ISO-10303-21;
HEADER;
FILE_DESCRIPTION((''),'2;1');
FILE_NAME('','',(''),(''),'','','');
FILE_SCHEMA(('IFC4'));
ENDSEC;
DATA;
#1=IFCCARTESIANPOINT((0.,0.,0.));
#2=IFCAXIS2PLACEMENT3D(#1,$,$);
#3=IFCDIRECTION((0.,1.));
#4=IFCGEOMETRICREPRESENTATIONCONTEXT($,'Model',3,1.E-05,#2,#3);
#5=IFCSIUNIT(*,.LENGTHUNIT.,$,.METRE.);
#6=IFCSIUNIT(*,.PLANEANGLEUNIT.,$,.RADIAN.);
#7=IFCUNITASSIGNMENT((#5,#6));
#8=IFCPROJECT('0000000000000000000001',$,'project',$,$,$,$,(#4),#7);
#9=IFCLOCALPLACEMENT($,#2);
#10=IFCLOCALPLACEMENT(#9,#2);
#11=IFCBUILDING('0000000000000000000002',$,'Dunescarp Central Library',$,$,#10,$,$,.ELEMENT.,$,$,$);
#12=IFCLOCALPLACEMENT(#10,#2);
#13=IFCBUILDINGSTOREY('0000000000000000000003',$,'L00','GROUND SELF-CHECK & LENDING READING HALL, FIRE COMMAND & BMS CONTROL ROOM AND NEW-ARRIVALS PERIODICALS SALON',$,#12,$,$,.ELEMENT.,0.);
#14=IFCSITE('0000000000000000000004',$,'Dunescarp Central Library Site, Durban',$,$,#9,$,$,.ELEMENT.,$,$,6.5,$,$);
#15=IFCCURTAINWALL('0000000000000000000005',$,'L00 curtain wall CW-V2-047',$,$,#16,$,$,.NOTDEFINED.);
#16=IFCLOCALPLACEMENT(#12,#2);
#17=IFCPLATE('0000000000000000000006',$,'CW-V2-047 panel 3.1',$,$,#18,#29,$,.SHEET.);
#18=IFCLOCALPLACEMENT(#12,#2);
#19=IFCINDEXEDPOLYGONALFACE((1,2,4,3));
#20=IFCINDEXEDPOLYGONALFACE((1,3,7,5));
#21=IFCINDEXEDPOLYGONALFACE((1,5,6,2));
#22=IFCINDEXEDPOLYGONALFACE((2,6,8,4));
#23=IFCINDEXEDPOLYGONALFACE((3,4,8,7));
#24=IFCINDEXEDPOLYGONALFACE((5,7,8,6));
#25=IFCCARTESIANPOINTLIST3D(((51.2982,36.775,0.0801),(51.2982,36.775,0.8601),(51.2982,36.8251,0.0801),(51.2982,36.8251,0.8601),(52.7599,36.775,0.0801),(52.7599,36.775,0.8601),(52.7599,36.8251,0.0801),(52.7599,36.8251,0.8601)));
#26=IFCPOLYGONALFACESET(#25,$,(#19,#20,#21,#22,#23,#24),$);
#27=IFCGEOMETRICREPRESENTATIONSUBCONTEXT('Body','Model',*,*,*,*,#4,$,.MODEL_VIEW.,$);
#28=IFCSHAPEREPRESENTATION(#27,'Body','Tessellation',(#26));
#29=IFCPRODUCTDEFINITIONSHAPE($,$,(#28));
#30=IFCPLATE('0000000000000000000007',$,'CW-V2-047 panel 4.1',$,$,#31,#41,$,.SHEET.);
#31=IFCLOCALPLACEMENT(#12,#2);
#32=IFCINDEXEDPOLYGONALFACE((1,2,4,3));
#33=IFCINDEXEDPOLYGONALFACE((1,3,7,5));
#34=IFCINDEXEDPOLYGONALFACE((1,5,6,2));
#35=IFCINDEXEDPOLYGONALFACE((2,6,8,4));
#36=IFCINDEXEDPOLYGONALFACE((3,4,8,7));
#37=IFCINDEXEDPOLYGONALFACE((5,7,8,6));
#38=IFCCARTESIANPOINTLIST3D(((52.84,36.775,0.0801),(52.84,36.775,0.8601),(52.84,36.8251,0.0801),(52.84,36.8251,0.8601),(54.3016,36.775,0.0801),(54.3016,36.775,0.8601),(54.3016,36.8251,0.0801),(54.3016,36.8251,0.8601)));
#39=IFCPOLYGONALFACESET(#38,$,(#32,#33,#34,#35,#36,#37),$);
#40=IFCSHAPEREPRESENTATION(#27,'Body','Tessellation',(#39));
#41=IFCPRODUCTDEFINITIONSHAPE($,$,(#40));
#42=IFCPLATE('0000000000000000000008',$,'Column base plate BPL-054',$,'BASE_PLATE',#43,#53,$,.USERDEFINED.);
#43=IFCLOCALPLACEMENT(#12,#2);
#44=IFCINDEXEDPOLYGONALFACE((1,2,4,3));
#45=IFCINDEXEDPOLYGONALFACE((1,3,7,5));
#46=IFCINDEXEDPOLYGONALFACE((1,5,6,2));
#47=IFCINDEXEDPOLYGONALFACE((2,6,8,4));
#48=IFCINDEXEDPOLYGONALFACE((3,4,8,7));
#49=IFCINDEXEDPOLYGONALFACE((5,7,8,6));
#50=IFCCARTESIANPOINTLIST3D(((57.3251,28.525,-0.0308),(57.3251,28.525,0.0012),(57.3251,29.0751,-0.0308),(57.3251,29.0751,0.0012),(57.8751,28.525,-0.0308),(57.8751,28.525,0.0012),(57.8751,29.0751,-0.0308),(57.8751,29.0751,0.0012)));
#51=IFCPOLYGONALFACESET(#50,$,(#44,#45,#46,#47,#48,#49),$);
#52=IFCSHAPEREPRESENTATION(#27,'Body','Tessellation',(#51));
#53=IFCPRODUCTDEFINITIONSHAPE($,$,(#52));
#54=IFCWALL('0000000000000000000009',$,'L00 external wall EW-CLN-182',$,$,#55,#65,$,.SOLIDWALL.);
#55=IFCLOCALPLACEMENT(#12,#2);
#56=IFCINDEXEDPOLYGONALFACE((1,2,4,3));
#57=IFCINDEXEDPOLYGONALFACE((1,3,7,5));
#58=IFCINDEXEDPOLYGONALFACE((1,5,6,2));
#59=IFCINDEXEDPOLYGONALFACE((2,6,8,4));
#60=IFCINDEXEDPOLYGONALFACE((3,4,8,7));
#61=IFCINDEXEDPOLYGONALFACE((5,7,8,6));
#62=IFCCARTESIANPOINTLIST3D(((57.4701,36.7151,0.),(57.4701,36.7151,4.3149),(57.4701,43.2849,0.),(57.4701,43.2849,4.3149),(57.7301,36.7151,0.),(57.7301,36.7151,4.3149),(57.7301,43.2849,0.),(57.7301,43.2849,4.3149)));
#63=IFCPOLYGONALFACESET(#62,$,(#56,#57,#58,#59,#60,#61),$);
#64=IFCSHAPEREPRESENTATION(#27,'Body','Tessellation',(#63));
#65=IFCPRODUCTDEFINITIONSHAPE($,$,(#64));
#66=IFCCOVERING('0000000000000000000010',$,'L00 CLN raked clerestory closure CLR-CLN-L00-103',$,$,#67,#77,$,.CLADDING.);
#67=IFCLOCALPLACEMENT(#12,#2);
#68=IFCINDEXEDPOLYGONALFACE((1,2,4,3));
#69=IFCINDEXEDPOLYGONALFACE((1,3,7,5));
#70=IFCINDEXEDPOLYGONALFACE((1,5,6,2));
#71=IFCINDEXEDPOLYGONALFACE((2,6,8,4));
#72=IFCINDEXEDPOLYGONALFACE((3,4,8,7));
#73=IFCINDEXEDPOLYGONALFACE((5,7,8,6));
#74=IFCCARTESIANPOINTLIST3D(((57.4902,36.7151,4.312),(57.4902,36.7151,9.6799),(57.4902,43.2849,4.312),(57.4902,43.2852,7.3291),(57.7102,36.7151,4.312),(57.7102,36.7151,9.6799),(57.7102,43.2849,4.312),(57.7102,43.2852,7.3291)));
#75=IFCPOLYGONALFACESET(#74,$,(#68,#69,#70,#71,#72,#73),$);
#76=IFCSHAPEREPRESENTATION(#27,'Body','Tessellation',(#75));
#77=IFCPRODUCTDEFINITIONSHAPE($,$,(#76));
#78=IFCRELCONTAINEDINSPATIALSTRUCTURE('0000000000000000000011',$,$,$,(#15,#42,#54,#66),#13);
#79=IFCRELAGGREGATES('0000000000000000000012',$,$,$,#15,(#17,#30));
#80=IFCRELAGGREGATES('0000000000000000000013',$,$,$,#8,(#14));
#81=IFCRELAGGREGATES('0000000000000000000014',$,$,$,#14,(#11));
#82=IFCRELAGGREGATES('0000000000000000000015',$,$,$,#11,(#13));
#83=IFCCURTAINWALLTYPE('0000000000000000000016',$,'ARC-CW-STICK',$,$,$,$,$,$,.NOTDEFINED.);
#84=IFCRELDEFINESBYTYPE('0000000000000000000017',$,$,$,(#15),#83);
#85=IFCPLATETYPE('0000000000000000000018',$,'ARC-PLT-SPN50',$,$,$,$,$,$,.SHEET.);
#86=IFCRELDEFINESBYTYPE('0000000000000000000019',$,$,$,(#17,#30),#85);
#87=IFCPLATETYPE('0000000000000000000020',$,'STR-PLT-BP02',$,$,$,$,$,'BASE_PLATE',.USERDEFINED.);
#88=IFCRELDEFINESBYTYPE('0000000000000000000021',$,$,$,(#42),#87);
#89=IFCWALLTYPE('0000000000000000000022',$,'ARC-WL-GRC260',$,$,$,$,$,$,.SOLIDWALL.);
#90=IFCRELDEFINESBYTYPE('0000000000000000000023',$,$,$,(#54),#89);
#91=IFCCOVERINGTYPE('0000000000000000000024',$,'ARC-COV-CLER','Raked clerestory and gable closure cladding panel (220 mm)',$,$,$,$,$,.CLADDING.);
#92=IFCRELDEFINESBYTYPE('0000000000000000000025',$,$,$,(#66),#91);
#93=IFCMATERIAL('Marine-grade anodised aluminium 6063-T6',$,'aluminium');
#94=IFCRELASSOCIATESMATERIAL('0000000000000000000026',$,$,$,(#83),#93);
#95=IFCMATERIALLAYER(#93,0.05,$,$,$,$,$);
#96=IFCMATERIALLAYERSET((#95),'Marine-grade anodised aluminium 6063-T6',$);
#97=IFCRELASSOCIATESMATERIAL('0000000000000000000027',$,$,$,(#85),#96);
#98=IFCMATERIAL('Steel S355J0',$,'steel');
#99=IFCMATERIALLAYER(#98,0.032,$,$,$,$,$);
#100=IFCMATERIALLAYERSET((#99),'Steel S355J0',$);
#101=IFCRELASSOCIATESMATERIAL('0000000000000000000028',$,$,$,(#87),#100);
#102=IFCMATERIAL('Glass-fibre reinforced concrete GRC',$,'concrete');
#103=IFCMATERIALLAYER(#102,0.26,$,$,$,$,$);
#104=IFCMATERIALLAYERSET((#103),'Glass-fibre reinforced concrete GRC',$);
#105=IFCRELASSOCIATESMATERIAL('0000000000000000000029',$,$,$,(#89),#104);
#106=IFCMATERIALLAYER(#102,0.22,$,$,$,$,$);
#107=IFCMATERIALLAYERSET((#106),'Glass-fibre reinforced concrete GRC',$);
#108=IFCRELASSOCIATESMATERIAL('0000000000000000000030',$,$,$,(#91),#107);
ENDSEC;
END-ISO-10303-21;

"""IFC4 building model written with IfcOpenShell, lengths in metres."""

from ifc_helpers import new_model, si_unit, direction, frame, frame_2d, origin, origin_2d, place, context, subcontext, project, spatial, polyline, rectangle, outline, extrude, material, layer, layer_set, type_object, element, aggregate, save


model = new_model("IFC4")

# Units and contexts
model_context = context("Model", 3, precision=1e-05, world=origin(), true_north=direction((0.0, 1.0)))
body_context = subcontext(model_context, "Body", "Model", "MODEL_VIEW")
ifc_project = project(units=[si_unit("LENGTHUNIT", "METRE"), si_unit("PLANEANGLEUNIT", "RADIAN")], contexts=[model_context])

# Site, building, storey
site_placement = place(None, origin())
site = spatial("IfcSite", under=ifc_project, at=site_placement, Name="Dunescarp Central Library Site, Durban", CompositionType="ELEMENT", RefElevation=6.5)
building_placement = place(site_placement, origin())
building = spatial("IfcBuilding", under=site, at=building_placement, Name="Dunescarp Central Library", CompositionType="ELEMENT")
storey_placement = place(building_placement, origin())
storey = spatial("IfcBuildingStorey", under=building, at=storey_placement, Name="L00", Description="GROUND SELF-CHECK & LENDING READING HALL, FIRE COMMAND & BMS CONTROL ROOM AND NEW-ARRIVALS PERIODICALS SALON", CompositionType="ELEMENT", Elevation=0.0)

# Curtain wall, plates
ifc_material_1 = material(Name="Marine-grade anodised aluminium 6063-T6", Category="aluminium")
curtain_wall_type = type_object("IfcCurtainWallType", Name="ARC-CW-STICK", PredefinedType="NOTDEFINED", material=ifc_material_1)
curtain_wall_placement = place(storey_placement, origin())
curtain_wall = element("IfcCurtainWall", 1, at=curtain_wall_placement, inside=storey, type_object=curtain_wall_type, Name="L00 curtain wall CW-V2-047", PredefinedType="NOTDEFINED")
ifc_layer_1 = layer(ifc_material_1, 0.05)
ifc_layer_set_1 = layer_set([ifc_layer_1], Name="Marine-grade anodised aluminium 6063-T6")
plate_type_1 = type_object("IfcPlateType", Name="ARC-PLT-SPN50", PredefinedType="SHEET", material=ifc_layer_set_1)
plate_1_placement = place(storey_placement, frame((52.0291, 36.8, 0.0801), z_axis=(0.0, 0.0, 1.0), x_axis=(1.0, 0.0, 0.0)))
plate_1 = element("IfcPlate", 2, at=plate_1_placement, type_object=plate_type_1, Name="CW-V2-047 panel 3.1", PredefinedType="SHEET", context=body_context, shape_type="SweptSolid", body=[
    extrude(rectangle(XDim=1.4617, YDim=0.05, at=origin_2d()), origin(), (0.0, 0.0, 1.0), 0.78),
])
plate_2_placement = place(storey_placement, frame((53.5708, 36.8, 0.0801), z_axis=(0.0, 0.0, 1.0), x_axis=(1.0, 0.0, 0.0)))
plate_2 = element("IfcPlate", 3, at=plate_2_placement, type_object=plate_type_1, Name="CW-V2-047 panel 4.1", PredefinedType="SHEET", context=body_context, shape_type="SweptSolid", body=[
    extrude(rectangle(XDim=1.4617, YDim=0.05, at=origin_2d()), origin(), (0.0, 0.0, 1.0), 0.78),
])
aggregate(curtain_wall, [plate_1, plate_2])

# Plate
ifc_material_2 = material(Name="Steel S355J0", Category="steel")
ifc_layer_2 = layer(ifc_material_2, 0.032)
ifc_layer_set_2 = layer_set([ifc_layer_2], Name="Steel S355J0")
plate_type_2 = type_object("IfcPlateType", Name="STR-PLT-BP02", ElementType="BASE_PLATE", PredefinedType="USERDEFINED", material=ifc_layer_set_2)
plate_3_placement = place(storey_placement, frame((57.6001, 28.8, -0.0308), z_axis=(0.0, 0.0, 1.0), x_axis=(1.0, 0.0, 0.0)))
element("IfcPlate", 4, at=plate_3_placement, inside=storey, type_object=plate_type_2, Name="Column base plate BPL-054", ObjectType="BASE_PLATE", PredefinedType="USERDEFINED", context=body_context, shape_type="SweptSolid", body=[
    extrude(rectangle(XDim=0.55, YDim=0.55, at=origin_2d()), origin(), (0.0, 0.0, 1.0), 0.032),
])

# Wall
ifc_material_3 = material(Name="Glass-fibre reinforced concrete GRC", Category="concrete")
ifc_layer_3 = layer(ifc_material_3, 0.26)
ifc_layer_set_3 = layer_set([ifc_layer_3], Name="Glass-fibre reinforced concrete GRC")
wall_type = type_object("IfcWallType", Name="ARC-WL-GRC260", PredefinedType="SOLIDWALL", material=ifc_layer_set_3)
wall_placement = place(storey_placement, frame((57.6001, 36.7151, 0.0), z_axis=(0.0, 0.0, 1.0), x_axis=(0.0, 1.0, 0.0)))
element("IfcWall", 5, at=wall_placement, inside=storey, type_object=wall_type, Name="L00 external wall EW-CLN-182", PredefinedType="SOLIDWALL", context=body_context, shape_type="SweptSolid", body=[
    extrude(rectangle(XDim=6.5698, YDim=0.26, at=frame_2d((3.2849, 0.0))), origin(), (0.0, 0.0, 1.0), 4.3149),
])

# Covering
ifc_layer_4 = layer(ifc_material_3, 0.22)
ifc_layer_set_4 = layer_set([ifc_layer_4], Name="Glass-fibre reinforced concrete GRC")
covering_type = type_object("IfcCoveringType", Name="ARC-COV-CLER", Description="Raked clerestory and gable closure cladding panel (220 mm)", PredefinedType="CLADDING", material=ifc_layer_set_4)
covering_placement = place(storey_placement, frame((57.6001, 36.7151, 4.312), z_axis=(0.0, 0.0, 1.0), x_axis=(0.0, 1.0, 0.0)))
element("IfcCovering", 6, at=covering_placement, inside=storey, type_object=covering_type, Name="L00 CLN raked clerestory closure CLR-CLN-L00-103", PredefinedType="CLADDING", context=body_context, shape_type="SweptSolid", body=[
    extrude(outline(polyline([(0.0, 0.0), (6.5698, 0.0), (6.5701, 3.0171), (0.0, 5.3679), (0.0, 0.0)])), frame((0.0, 0.1099, 0.0), z_axis=(0.0, -1.0, 0.0), x_axis=(1.0, 0.0, 0.0)), (0.0, 0.0, 1.0), 0.22),
])

save(model, "model.ifc")
